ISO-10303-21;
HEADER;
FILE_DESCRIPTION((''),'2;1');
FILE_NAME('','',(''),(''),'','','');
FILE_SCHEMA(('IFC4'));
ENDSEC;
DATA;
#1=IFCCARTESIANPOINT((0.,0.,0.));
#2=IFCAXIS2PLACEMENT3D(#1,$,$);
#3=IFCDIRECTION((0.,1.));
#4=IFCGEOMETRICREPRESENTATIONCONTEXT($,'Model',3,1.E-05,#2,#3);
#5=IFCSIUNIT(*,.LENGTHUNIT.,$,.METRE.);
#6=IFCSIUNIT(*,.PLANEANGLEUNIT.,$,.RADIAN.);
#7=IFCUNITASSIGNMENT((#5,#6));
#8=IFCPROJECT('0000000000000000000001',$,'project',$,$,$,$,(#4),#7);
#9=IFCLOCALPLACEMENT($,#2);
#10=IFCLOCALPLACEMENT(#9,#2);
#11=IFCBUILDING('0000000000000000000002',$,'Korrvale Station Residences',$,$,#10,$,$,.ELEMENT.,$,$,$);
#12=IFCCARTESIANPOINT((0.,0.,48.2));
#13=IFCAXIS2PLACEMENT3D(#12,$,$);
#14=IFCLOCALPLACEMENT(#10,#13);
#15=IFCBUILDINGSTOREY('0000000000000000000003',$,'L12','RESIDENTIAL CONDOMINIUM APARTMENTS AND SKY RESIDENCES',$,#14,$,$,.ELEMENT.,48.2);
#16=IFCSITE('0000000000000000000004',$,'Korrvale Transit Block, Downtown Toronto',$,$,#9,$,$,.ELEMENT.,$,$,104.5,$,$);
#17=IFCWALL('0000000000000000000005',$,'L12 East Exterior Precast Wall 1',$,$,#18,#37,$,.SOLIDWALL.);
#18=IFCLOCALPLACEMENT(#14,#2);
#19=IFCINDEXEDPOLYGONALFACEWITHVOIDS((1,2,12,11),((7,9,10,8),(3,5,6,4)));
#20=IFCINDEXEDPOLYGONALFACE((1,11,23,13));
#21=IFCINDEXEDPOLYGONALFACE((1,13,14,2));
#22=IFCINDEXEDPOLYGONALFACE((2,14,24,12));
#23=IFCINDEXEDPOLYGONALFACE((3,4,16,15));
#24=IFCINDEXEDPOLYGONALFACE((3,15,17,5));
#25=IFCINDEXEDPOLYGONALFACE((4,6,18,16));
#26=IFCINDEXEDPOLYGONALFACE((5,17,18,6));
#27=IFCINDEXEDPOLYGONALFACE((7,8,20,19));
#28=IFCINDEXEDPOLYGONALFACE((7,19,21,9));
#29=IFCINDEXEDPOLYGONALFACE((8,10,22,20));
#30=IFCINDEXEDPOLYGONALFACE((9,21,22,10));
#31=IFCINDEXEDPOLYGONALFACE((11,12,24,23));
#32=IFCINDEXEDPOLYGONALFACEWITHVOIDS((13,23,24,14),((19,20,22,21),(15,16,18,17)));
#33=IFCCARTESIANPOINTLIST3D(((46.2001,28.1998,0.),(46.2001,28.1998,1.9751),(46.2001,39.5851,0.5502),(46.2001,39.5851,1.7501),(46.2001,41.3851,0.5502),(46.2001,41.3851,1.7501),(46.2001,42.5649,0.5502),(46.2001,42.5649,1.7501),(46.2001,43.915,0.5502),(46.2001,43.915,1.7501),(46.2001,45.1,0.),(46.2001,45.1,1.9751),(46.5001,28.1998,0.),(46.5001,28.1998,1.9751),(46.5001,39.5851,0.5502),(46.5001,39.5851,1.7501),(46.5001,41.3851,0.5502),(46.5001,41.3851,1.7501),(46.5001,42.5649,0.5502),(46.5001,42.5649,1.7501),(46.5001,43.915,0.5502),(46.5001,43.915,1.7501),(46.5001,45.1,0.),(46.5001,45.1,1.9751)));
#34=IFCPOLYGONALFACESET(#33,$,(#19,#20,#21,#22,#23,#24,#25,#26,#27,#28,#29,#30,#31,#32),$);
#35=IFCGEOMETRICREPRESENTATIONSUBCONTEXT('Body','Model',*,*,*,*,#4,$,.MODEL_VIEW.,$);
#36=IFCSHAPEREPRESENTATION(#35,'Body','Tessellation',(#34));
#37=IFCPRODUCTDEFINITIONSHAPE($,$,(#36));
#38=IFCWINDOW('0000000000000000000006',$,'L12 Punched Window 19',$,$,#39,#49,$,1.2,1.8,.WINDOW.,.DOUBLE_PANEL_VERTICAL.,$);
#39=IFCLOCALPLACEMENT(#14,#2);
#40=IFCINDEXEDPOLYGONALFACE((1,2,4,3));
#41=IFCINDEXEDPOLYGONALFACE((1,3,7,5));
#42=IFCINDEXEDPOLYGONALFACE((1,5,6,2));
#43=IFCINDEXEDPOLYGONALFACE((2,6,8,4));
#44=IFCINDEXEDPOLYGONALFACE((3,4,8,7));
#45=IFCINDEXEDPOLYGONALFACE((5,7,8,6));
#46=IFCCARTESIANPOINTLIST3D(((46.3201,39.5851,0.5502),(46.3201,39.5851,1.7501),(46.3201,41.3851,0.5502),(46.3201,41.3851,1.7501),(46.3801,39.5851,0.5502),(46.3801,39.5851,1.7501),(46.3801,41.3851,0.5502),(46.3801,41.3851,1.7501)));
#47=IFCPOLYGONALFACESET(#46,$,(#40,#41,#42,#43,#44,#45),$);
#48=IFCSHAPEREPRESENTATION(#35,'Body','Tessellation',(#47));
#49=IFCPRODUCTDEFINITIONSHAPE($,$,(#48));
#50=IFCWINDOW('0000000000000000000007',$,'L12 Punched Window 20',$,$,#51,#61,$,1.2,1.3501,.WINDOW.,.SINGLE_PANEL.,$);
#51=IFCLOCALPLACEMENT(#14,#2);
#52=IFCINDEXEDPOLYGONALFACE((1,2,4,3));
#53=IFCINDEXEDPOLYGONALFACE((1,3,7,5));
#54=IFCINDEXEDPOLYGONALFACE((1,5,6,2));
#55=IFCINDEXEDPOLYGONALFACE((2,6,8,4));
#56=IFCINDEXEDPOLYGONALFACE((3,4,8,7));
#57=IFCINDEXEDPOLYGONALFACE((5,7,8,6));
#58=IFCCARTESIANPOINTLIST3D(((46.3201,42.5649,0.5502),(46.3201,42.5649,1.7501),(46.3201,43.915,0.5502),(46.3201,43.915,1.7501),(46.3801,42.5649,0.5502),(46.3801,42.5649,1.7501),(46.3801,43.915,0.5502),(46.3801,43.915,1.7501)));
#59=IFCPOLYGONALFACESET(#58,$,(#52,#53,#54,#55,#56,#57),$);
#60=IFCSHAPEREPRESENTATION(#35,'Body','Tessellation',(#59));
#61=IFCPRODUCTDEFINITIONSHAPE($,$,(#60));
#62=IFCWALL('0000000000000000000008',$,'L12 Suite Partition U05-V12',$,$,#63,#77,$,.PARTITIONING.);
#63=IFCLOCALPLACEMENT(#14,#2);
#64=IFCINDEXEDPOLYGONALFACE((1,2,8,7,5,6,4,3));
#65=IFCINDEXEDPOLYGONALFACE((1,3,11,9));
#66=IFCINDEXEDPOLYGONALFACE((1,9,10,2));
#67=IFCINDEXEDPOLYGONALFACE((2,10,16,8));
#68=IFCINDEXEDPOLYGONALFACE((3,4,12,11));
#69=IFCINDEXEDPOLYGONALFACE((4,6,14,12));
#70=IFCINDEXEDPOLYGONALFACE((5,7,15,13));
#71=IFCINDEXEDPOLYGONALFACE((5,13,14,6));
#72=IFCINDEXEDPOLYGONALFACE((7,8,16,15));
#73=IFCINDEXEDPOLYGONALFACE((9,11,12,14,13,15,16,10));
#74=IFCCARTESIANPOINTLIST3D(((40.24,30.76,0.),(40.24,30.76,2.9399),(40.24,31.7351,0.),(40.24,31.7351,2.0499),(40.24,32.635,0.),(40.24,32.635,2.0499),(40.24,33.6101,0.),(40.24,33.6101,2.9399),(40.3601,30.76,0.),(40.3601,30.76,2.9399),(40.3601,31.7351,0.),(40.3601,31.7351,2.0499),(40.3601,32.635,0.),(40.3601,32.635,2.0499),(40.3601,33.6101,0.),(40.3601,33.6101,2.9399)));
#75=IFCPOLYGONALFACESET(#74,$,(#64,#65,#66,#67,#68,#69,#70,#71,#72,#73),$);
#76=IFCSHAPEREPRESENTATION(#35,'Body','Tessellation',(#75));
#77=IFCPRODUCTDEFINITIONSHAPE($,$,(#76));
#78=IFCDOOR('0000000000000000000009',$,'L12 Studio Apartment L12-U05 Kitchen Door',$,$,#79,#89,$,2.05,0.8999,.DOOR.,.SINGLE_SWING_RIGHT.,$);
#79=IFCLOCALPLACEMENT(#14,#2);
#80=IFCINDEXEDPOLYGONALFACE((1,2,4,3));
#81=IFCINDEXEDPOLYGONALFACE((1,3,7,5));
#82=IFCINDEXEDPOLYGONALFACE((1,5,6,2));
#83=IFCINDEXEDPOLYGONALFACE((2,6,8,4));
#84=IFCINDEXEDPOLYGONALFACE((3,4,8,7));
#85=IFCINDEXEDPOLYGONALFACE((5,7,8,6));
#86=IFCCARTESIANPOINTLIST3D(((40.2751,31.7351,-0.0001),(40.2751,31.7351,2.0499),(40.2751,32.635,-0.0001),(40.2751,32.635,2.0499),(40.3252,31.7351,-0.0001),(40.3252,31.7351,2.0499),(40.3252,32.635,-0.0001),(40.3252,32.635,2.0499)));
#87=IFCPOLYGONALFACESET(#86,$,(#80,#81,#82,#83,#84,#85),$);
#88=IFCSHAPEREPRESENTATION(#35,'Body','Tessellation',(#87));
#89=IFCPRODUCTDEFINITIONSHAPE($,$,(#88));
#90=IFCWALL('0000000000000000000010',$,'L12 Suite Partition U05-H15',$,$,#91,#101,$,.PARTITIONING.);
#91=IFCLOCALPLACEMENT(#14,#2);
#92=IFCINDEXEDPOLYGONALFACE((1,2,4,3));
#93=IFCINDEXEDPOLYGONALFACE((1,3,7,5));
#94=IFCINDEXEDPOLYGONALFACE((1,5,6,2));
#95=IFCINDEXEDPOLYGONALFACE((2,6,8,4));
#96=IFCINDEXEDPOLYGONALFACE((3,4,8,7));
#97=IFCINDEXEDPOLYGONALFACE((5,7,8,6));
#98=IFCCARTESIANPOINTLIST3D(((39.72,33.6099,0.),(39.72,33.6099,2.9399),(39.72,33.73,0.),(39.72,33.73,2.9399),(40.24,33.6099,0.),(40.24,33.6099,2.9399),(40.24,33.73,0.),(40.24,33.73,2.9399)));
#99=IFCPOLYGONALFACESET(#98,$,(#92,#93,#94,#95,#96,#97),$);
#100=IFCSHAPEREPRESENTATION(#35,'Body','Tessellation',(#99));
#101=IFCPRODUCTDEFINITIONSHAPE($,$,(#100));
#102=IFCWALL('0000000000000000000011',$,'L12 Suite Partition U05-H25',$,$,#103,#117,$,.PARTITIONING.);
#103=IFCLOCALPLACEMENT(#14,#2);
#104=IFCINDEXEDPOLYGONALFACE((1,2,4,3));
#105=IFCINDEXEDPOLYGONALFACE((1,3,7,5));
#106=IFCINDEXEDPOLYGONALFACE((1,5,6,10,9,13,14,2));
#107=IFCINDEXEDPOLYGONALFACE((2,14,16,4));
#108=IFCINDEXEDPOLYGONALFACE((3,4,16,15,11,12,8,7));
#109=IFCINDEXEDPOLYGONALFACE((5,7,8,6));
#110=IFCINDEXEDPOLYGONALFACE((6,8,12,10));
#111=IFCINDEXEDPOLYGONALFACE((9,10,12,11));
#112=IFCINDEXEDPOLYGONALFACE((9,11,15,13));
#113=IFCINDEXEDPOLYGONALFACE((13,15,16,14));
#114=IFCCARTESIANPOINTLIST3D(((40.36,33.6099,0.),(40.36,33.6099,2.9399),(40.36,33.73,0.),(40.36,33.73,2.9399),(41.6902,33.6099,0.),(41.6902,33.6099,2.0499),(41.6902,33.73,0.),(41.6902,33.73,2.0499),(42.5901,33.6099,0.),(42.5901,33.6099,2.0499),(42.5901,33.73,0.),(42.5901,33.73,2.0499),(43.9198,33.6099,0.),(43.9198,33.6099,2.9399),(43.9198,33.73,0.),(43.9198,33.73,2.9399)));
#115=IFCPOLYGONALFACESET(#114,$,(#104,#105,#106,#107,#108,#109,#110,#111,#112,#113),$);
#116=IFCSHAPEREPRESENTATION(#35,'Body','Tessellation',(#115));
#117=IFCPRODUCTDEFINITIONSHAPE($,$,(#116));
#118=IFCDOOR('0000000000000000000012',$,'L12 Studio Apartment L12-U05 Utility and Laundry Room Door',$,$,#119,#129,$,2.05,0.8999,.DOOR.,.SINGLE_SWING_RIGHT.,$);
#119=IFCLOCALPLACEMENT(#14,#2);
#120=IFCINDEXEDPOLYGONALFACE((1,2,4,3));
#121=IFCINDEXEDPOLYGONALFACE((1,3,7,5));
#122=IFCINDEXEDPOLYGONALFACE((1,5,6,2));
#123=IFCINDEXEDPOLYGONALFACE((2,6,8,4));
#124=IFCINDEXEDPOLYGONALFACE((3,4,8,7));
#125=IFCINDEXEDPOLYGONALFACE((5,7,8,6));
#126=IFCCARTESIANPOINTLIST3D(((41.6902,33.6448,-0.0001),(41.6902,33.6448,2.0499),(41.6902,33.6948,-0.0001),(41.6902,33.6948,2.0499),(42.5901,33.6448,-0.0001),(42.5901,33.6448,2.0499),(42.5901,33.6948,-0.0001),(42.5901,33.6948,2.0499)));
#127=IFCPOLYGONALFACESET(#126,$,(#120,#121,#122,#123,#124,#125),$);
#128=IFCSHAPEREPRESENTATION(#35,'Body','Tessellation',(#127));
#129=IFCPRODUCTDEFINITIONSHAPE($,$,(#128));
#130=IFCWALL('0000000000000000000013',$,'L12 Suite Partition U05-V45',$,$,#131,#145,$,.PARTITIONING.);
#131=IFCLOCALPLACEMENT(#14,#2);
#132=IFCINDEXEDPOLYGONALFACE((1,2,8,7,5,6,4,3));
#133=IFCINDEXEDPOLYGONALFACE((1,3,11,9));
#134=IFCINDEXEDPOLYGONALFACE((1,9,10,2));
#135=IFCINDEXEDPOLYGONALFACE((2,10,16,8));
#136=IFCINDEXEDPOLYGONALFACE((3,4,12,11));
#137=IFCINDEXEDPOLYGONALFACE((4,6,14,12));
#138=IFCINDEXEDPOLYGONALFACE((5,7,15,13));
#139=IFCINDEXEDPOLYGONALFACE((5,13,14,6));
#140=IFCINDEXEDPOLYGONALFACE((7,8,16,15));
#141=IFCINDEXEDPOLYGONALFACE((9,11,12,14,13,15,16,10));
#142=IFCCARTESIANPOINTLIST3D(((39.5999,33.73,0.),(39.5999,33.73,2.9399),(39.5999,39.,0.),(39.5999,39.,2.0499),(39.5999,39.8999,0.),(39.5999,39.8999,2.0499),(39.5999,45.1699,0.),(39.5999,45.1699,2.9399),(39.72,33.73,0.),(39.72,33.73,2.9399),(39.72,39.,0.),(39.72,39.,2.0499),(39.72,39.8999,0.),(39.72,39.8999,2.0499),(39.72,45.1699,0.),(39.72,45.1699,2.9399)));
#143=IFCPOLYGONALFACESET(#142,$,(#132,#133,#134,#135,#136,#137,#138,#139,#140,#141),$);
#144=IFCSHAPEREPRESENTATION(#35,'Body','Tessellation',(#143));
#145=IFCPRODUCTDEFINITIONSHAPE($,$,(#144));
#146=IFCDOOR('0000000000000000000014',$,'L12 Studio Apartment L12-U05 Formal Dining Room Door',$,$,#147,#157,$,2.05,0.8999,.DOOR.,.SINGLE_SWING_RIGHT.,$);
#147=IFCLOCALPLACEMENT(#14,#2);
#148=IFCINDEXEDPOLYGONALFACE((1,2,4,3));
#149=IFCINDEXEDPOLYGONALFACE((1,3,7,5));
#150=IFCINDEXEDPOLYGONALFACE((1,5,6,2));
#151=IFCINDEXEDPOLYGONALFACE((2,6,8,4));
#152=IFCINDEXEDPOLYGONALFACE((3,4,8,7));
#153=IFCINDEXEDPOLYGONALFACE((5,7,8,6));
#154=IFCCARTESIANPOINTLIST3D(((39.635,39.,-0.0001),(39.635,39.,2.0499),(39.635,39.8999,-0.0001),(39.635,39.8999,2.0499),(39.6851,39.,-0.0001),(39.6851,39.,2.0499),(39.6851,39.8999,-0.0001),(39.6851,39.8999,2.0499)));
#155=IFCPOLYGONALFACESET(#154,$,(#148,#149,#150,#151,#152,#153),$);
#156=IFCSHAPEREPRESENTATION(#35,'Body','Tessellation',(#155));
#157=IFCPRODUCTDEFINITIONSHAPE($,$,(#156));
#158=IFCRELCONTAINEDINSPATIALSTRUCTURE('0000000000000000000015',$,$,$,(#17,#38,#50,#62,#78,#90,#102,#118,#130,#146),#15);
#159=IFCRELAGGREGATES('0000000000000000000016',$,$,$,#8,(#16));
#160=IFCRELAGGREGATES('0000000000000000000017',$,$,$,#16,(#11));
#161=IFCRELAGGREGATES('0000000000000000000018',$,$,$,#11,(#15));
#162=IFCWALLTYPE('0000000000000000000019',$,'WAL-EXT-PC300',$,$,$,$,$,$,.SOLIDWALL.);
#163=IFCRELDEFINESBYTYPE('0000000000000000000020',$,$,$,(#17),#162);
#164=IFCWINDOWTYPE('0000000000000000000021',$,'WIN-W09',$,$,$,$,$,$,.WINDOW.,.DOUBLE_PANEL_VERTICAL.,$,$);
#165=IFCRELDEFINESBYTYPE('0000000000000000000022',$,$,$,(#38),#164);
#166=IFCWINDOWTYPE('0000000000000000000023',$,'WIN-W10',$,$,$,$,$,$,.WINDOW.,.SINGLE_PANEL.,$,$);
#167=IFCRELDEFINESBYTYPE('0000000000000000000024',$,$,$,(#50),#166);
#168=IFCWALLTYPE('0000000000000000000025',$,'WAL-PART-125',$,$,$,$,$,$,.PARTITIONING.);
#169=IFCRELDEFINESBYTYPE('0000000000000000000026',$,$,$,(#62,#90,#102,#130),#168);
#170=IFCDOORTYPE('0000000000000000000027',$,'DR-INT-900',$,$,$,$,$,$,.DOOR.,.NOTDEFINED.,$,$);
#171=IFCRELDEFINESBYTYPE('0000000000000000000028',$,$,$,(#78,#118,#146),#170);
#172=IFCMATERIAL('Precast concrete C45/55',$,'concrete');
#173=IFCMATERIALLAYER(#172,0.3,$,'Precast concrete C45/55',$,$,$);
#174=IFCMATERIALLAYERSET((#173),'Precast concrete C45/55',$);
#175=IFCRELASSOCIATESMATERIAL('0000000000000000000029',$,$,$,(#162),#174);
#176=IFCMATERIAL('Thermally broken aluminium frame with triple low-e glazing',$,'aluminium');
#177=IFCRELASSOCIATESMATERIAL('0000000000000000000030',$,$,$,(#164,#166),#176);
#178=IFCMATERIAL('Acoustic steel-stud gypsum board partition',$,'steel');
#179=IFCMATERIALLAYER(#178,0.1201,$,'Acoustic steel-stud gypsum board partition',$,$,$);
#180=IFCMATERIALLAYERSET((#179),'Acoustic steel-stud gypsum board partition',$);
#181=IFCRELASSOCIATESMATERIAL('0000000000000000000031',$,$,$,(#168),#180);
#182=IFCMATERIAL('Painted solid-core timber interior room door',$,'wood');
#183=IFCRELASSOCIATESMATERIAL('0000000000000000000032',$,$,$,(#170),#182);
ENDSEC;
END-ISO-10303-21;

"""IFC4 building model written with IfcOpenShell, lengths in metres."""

from ifc_helpers import new_model, si_unit, direction, frame, frame_2d, origin, place, context, subcontext, project, spatial, rectangle, extrude, material, layer, layer_set, type_object, element, fill, save


model = new_model("IFC4")

# Units and contexts
model_context = context("Model", 3, precision=1e-05, world=origin(), true_north=direction((0.0, 1.0)))
body_context = subcontext(model_context, "Body", "Model", "MODEL_VIEW")
ifc_project = project(units=[si_unit("LENGTHUNIT", "METRE"), si_unit("PLANEANGLEUNIT", "RADIAN")], contexts=[model_context])

# Site, building, storey
site_placement = place(None, origin())
site = spatial("IfcSite", under=ifc_project, at=site_placement, Name="Korrvale Transit Block, Downtown Toronto", CompositionType="ELEMENT", RefElevation=104.5)
building_placement = place(site_placement, origin())
building = spatial("IfcBuilding", under=site, at=building_placement, Name="Korrvale Station Residences", CompositionType="ELEMENT")
storey_placement = place(building_placement, frame((0.0, 0.0, 48.2)))
storey = spatial("IfcBuildingStorey", under=building, at=storey_placement, Name="L12", Description="RESIDENTIAL CONDOMINIUM APARTMENTS AND SKY RESIDENCES", CompositionType="ELEMENT", Elevation=48.2)

# Shared definitions
ifc_material_1 = material(Name="Precast concrete C45/55", Category="concrete")
ifc_layer_1 = layer(ifc_material_1, 0.3, Name="Precast concrete C45/55")
ifc_layer_set_1 = layer_set([ifc_layer_1], Name="Precast concrete C45/55")
wall_type_1 = type_object("IfcWallType", Name="WAL-EXT-PC300", PredefinedType="SOLIDWALL", material=ifc_layer_set_1)

# Wall, openings, windows
wall_1_placement = place(storey_placement, frame((46.3501, 45.1001, 0.0), z_axis=(0.0, 0.0, 1.0), x_axis=(0.0, -1.0, 0.0)))
wall_1 = element("IfcWall", 1, at=wall_1_placement, inside=storey, type_object=wall_type_1, Name="L12 East Exterior Precast Wall 1", PredefinedType="SOLIDWALL", context=body_context, shape_type="SweptSolid", body=[
    extrude(rectangle(XDim=16.9001, YDim=0.3, at=frame_2d((8.4502, 0.0))), origin(), (0.0, 0.0, 1.0), 1.9751),
])
opening_1_placement = place(wall_1_placement, frame((3.7151, 0.0, 0.55)))
opening_1 = element("IfcOpeningElement", 2, at=opening_1_placement, cuts=wall_1, PredefinedType="OPENING", context=body_context, shape_type="SweptSolid", body=[
    extrude(rectangle(XDim=1.8, YDim=1.2, at=frame_2d((0.8999, 0.6001))), frame((0.0, 0.1602, 0.0), z_axis=(0.0, -1.0, 0.0), x_axis=(1.0, 0.0, 0.0)), (0.0, 0.0, 1.0), 0.3201),
])
opening_2_placement = place(wall_1_placement, frame((1.1851, 0.0, 0.55)))
opening_2 = element("IfcOpeningElement", 3, at=opening_2_placement, cuts=wall_1, PredefinedType="OPENING", context=body_context, shape_type="SweptSolid", body=[
    extrude(rectangle(XDim=1.3501, YDim=1.2, at=frame_2d((0.675, 0.6001))), frame((0.0, 0.1602, 0.0), z_axis=(0.0, -1.0, 0.0), x_axis=(1.0, 0.0, 0.0)), (0.0, 0.0, 1.0), 0.3201),
])
ifc_material_2 = material(Name="Thermally broken aluminium frame with triple low-e glazing", Category="aluminium")
window_type_1 = type_object("IfcWindowType", Name="WIN-W09", PartitioningType="DOUBLE_PANEL_VERTICAL", PredefinedType="WINDOW", material=ifc_material_2)
window_1_placement = place(opening_1_placement, origin())
window_1 = element("IfcWindow", 4, at=window_1_placement, inside=storey, type_object=window_type_1, Name="L12 Punched Window 19", OverallHeight=1.2, OverallWidth=1.8, PartitioningType="DOUBLE_PANEL_VERTICAL", PredefinedType="WINDOW", context=body_context, shape_type="SweptSolid", body=[
    extrude(rectangle(XDim=1.8, YDim=1.2, at=frame_2d((0.8999, 0.6001))), frame((0.0, 0.03, 0.0), z_axis=(0.0, -1.0, 0.0), x_axis=(1.0, 0.0, 0.0)), (0.0, 0.0, 1.0), 0.0601),
])
fill(opening_1, window_1)
window_type_2 = type_object("IfcWindowType", Name="WIN-W10", PartitioningType="SINGLE_PANEL", PredefinedType="WINDOW", material=ifc_material_2)
window_2_placement = place(opening_2_placement, origin())
window_2 = element("IfcWindow", 5, at=window_2_placement, inside=storey, type_object=window_type_2, Name="L12 Punched Window 20", OverallHeight=1.2, OverallWidth=1.3501, PartitioningType="SINGLE_PANEL", PredefinedType="WINDOW", context=body_context, shape_type="SweptSolid", body=[
    extrude(rectangle(XDim=1.3501, YDim=1.2, at=frame_2d((0.675, 0.6001))), frame((0.0, 0.03, 0.0), z_axis=(0.0, -1.0, 0.0), x_axis=(1.0, 0.0, 0.0)), (0.0, 0.0, 1.0), 0.0601),
])
fill(opening_2, window_2)

# Wall, opening, door
ifc_material_3 = material(Name="Acoustic steel-stud gypsum board partition", Category="steel")
ifc_layer_2 = layer(ifc_material_3, 0.1201, Name="Acoustic steel-stud gypsum board partition")
ifc_layer_set_2 = layer_set([ifc_layer_2], Name="Acoustic steel-stud gypsum board partition")
wall_type_2 = type_object("IfcWallType", Name="WAL-PART-125", PredefinedType="PARTITIONING", material=ifc_layer_set_2)
wall_2_placement = place(storey_placement, frame((40.3, 30.76, 0.0), z_axis=(0.0, 0.0, 1.0), x_axis=(0.0, 1.0, 0.0)))
wall_2 = element("IfcWall", 6, at=wall_2_placement, inside=storey, type_object=wall_type_2, Name="L12 Suite Partition U05-V12", PredefinedType="PARTITIONING", context=body_context, shape_type="SweptSolid", body=[
    extrude(rectangle(XDim=2.8501, YDim=0.1201, at=frame_2d((1.425, 0.0))), origin(), (0.0, 0.0, 1.0), 2.9399),
])
opening_3_placement = place(wall_2_placement, frame((0.9751, 0.0, 0.0)))
opening_3 = element("IfcOpeningElement", 7, at=opening_3_placement, cuts=wall_2, PredefinedType="OPENING", context=body_context, shape_type="SweptSolid", body=[
    extrude(rectangle(XDim=0.8999, YDim=2.05, at=frame_2d((0.45, 1.0249))), frame((0.0, 0.0701, 0.0), z_axis=(0.0, -1.0, 0.0), x_axis=(1.0, 0.0, 0.0)), (0.0, 0.0, 1.0), 0.1401),
])
ifc_material_4 = material(Name="Painted solid-core timber interior room door", Category="wood")
door_type = type_object("IfcDoorType", Name="DR-INT-900", OperationType="NOTDEFINED", PredefinedType="DOOR", material=ifc_material_4)
door_1_placement = place(opening_3_placement, origin())
door_1 = element("IfcDoor", 8, at=door_1_placement, inside=storey, type_object=door_type, Name="L12 Studio Apartment L12-U05 Kitchen Door", OperationType="SINGLE_SWING_RIGHT", OverallHeight=2.05, OverallWidth=0.8999, PredefinedType="DOOR", context=body_context, shape_type="SweptSolid", body=[
    extrude(rectangle(XDim=0.8999, YDim=2.05, at=frame_2d((0.45, 1.0249))), frame((0.0, 0.0249, 0.0), z_axis=(0.0, -1.0, 0.0), x_axis=(1.0, 0.0, 0.0)), (0.0, 0.0, 1.0), 0.05),
])
fill(opening_3, door_1)

# Wall
wall_3_placement = place(storey_placement, frame((39.72, 33.6699, 0.0), z_axis=(0.0, 0.0, 1.0), x_axis=(1.0, 0.0, 0.0)))
element("IfcWall", 9, at=wall_3_placement, inside=storey, type_object=wall_type_2, Name="L12 Suite Partition U05-H15", PredefinedType="PARTITIONING", context=body_context, shape_type="SweptSolid", body=[
    extrude(rectangle(XDim=0.52, YDim=0.1201, at=frame_2d((0.26, 0.0))), origin(), (0.0, 0.0, 1.0), 2.9399),
])

# Walls, openings, doors
wall_4_placement = place(storey_placement, frame((40.3601, 33.6699, 0.0), z_axis=(0.0, 0.0, 1.0), x_axis=(1.0, 0.0, 0.0)))
wall_4 = element("IfcWall", 10, at=wall_4_placement, inside=storey, type_object=wall_type_2, Name="L12 Suite Partition U05-H25", PredefinedType="PARTITIONING", context=body_context, shape_type="SweptSolid", body=[
    extrude(rectangle(XDim=3.5598, YDim=0.1201, at=frame_2d((1.7798, 0.0))), origin(), (0.0, 0.0, 1.0), 2.9399),
])
opening_4_placement = place(wall_4_placement, frame((1.3301, 0.0, 0.0)))
opening_4 = element("IfcOpeningElement", 11, at=opening_4_placement, cuts=wall_4, PredefinedType="OPENING", context=body_context, shape_type="SweptSolid", body=[
    extrude(rectangle(XDim=0.8999, YDim=2.05, at=frame_2d((0.45, 1.0249))), frame((0.0, 0.0701, 0.0), z_axis=(0.0, -1.0, 0.0), x_axis=(1.0, 0.0, 0.0)), (0.0, 0.0, 1.0), 0.1401),
])
door_2_placement = place(opening_4_placement, origin())
door_2 = element("IfcDoor", 12, at=door_2_placement, inside=storey, type_object=door_type, Name="L12 Studio Apartment L12-U05 Utility and Laundry Room Door", OperationType="SINGLE_SWING_RIGHT", OverallHeight=2.05, OverallWidth=0.8999, PredefinedType="DOOR", context=body_context, shape_type="SweptSolid", body=[
    extrude(rectangle(XDim=0.8999, YDim=2.05, at=frame_2d((0.45, 1.0249))), frame((0.0, 0.0249, 0.0), z_axis=(0.0, -1.0, 0.0), x_axis=(1.0, 0.0, 0.0)), (0.0, 0.0, 1.0), 0.05),
])
fill(opening_4, door_2)
wall_5_placement = place(storey_placement, frame((39.6599, 33.73, 0.0), z_axis=(0.0, 0.0, 1.0), x_axis=(0.0, 1.0, 0.0)))
wall_5 = element("IfcWall", 13, at=wall_5_placement, inside=storey, type_object=wall_type_2, Name="L12 Suite Partition U05-V45", PredefinedType="PARTITIONING", context=body_context, shape_type="SweptSolid", body=[
    extrude(rectangle(XDim=11.4399, YDim=0.1201, at=frame_2d((5.72, 0.0))), origin(), (0.0, 0.0, 1.0), 2.9399),
])
opening_5_placement = place(wall_5_placement, frame((5.27, 0.0, 0.0)))
opening_5 = element("IfcOpeningElement", 14, at=opening_5_placement, cuts=wall_5, PredefinedType="OPENING", context=body_context, shape_type="SweptSolid", body=[
    extrude(rectangle(XDim=0.8999, YDim=2.05, at=frame_2d((0.45, 1.0249))), frame((0.0, 0.0701, 0.0), z_axis=(0.0, -1.0, 0.0), x_axis=(1.0, 0.0, 0.0)), (0.0, 0.0, 1.0), 0.1401),
])
door_3_placement = place(opening_5_placement, origin())
door_3 = element("IfcDoor", 15, at=door_3_placement, inside=storey, type_object=door_type, Name="L12 Studio Apartment L12-U05 Formal Dining Room Door", OperationType="SINGLE_SWING_RIGHT", OverallHeight=2.05, OverallWidth=0.8999, PredefinedType="DOOR", context=body_context, shape_type="SweptSolid", body=[
    extrude(rectangle(XDim=0.8999, YDim=2.05, at=frame_2d((0.45, 1.0249))), frame((0.0, 0.0249, 0.0), z_axis=(0.0, -1.0, 0.0), x_axis=(1.0, 0.0, 0.0)), (0.0, 0.0, 1.0), 0.05),
])
fill(opening_5, door_3)

save(model, "model.ifc")
